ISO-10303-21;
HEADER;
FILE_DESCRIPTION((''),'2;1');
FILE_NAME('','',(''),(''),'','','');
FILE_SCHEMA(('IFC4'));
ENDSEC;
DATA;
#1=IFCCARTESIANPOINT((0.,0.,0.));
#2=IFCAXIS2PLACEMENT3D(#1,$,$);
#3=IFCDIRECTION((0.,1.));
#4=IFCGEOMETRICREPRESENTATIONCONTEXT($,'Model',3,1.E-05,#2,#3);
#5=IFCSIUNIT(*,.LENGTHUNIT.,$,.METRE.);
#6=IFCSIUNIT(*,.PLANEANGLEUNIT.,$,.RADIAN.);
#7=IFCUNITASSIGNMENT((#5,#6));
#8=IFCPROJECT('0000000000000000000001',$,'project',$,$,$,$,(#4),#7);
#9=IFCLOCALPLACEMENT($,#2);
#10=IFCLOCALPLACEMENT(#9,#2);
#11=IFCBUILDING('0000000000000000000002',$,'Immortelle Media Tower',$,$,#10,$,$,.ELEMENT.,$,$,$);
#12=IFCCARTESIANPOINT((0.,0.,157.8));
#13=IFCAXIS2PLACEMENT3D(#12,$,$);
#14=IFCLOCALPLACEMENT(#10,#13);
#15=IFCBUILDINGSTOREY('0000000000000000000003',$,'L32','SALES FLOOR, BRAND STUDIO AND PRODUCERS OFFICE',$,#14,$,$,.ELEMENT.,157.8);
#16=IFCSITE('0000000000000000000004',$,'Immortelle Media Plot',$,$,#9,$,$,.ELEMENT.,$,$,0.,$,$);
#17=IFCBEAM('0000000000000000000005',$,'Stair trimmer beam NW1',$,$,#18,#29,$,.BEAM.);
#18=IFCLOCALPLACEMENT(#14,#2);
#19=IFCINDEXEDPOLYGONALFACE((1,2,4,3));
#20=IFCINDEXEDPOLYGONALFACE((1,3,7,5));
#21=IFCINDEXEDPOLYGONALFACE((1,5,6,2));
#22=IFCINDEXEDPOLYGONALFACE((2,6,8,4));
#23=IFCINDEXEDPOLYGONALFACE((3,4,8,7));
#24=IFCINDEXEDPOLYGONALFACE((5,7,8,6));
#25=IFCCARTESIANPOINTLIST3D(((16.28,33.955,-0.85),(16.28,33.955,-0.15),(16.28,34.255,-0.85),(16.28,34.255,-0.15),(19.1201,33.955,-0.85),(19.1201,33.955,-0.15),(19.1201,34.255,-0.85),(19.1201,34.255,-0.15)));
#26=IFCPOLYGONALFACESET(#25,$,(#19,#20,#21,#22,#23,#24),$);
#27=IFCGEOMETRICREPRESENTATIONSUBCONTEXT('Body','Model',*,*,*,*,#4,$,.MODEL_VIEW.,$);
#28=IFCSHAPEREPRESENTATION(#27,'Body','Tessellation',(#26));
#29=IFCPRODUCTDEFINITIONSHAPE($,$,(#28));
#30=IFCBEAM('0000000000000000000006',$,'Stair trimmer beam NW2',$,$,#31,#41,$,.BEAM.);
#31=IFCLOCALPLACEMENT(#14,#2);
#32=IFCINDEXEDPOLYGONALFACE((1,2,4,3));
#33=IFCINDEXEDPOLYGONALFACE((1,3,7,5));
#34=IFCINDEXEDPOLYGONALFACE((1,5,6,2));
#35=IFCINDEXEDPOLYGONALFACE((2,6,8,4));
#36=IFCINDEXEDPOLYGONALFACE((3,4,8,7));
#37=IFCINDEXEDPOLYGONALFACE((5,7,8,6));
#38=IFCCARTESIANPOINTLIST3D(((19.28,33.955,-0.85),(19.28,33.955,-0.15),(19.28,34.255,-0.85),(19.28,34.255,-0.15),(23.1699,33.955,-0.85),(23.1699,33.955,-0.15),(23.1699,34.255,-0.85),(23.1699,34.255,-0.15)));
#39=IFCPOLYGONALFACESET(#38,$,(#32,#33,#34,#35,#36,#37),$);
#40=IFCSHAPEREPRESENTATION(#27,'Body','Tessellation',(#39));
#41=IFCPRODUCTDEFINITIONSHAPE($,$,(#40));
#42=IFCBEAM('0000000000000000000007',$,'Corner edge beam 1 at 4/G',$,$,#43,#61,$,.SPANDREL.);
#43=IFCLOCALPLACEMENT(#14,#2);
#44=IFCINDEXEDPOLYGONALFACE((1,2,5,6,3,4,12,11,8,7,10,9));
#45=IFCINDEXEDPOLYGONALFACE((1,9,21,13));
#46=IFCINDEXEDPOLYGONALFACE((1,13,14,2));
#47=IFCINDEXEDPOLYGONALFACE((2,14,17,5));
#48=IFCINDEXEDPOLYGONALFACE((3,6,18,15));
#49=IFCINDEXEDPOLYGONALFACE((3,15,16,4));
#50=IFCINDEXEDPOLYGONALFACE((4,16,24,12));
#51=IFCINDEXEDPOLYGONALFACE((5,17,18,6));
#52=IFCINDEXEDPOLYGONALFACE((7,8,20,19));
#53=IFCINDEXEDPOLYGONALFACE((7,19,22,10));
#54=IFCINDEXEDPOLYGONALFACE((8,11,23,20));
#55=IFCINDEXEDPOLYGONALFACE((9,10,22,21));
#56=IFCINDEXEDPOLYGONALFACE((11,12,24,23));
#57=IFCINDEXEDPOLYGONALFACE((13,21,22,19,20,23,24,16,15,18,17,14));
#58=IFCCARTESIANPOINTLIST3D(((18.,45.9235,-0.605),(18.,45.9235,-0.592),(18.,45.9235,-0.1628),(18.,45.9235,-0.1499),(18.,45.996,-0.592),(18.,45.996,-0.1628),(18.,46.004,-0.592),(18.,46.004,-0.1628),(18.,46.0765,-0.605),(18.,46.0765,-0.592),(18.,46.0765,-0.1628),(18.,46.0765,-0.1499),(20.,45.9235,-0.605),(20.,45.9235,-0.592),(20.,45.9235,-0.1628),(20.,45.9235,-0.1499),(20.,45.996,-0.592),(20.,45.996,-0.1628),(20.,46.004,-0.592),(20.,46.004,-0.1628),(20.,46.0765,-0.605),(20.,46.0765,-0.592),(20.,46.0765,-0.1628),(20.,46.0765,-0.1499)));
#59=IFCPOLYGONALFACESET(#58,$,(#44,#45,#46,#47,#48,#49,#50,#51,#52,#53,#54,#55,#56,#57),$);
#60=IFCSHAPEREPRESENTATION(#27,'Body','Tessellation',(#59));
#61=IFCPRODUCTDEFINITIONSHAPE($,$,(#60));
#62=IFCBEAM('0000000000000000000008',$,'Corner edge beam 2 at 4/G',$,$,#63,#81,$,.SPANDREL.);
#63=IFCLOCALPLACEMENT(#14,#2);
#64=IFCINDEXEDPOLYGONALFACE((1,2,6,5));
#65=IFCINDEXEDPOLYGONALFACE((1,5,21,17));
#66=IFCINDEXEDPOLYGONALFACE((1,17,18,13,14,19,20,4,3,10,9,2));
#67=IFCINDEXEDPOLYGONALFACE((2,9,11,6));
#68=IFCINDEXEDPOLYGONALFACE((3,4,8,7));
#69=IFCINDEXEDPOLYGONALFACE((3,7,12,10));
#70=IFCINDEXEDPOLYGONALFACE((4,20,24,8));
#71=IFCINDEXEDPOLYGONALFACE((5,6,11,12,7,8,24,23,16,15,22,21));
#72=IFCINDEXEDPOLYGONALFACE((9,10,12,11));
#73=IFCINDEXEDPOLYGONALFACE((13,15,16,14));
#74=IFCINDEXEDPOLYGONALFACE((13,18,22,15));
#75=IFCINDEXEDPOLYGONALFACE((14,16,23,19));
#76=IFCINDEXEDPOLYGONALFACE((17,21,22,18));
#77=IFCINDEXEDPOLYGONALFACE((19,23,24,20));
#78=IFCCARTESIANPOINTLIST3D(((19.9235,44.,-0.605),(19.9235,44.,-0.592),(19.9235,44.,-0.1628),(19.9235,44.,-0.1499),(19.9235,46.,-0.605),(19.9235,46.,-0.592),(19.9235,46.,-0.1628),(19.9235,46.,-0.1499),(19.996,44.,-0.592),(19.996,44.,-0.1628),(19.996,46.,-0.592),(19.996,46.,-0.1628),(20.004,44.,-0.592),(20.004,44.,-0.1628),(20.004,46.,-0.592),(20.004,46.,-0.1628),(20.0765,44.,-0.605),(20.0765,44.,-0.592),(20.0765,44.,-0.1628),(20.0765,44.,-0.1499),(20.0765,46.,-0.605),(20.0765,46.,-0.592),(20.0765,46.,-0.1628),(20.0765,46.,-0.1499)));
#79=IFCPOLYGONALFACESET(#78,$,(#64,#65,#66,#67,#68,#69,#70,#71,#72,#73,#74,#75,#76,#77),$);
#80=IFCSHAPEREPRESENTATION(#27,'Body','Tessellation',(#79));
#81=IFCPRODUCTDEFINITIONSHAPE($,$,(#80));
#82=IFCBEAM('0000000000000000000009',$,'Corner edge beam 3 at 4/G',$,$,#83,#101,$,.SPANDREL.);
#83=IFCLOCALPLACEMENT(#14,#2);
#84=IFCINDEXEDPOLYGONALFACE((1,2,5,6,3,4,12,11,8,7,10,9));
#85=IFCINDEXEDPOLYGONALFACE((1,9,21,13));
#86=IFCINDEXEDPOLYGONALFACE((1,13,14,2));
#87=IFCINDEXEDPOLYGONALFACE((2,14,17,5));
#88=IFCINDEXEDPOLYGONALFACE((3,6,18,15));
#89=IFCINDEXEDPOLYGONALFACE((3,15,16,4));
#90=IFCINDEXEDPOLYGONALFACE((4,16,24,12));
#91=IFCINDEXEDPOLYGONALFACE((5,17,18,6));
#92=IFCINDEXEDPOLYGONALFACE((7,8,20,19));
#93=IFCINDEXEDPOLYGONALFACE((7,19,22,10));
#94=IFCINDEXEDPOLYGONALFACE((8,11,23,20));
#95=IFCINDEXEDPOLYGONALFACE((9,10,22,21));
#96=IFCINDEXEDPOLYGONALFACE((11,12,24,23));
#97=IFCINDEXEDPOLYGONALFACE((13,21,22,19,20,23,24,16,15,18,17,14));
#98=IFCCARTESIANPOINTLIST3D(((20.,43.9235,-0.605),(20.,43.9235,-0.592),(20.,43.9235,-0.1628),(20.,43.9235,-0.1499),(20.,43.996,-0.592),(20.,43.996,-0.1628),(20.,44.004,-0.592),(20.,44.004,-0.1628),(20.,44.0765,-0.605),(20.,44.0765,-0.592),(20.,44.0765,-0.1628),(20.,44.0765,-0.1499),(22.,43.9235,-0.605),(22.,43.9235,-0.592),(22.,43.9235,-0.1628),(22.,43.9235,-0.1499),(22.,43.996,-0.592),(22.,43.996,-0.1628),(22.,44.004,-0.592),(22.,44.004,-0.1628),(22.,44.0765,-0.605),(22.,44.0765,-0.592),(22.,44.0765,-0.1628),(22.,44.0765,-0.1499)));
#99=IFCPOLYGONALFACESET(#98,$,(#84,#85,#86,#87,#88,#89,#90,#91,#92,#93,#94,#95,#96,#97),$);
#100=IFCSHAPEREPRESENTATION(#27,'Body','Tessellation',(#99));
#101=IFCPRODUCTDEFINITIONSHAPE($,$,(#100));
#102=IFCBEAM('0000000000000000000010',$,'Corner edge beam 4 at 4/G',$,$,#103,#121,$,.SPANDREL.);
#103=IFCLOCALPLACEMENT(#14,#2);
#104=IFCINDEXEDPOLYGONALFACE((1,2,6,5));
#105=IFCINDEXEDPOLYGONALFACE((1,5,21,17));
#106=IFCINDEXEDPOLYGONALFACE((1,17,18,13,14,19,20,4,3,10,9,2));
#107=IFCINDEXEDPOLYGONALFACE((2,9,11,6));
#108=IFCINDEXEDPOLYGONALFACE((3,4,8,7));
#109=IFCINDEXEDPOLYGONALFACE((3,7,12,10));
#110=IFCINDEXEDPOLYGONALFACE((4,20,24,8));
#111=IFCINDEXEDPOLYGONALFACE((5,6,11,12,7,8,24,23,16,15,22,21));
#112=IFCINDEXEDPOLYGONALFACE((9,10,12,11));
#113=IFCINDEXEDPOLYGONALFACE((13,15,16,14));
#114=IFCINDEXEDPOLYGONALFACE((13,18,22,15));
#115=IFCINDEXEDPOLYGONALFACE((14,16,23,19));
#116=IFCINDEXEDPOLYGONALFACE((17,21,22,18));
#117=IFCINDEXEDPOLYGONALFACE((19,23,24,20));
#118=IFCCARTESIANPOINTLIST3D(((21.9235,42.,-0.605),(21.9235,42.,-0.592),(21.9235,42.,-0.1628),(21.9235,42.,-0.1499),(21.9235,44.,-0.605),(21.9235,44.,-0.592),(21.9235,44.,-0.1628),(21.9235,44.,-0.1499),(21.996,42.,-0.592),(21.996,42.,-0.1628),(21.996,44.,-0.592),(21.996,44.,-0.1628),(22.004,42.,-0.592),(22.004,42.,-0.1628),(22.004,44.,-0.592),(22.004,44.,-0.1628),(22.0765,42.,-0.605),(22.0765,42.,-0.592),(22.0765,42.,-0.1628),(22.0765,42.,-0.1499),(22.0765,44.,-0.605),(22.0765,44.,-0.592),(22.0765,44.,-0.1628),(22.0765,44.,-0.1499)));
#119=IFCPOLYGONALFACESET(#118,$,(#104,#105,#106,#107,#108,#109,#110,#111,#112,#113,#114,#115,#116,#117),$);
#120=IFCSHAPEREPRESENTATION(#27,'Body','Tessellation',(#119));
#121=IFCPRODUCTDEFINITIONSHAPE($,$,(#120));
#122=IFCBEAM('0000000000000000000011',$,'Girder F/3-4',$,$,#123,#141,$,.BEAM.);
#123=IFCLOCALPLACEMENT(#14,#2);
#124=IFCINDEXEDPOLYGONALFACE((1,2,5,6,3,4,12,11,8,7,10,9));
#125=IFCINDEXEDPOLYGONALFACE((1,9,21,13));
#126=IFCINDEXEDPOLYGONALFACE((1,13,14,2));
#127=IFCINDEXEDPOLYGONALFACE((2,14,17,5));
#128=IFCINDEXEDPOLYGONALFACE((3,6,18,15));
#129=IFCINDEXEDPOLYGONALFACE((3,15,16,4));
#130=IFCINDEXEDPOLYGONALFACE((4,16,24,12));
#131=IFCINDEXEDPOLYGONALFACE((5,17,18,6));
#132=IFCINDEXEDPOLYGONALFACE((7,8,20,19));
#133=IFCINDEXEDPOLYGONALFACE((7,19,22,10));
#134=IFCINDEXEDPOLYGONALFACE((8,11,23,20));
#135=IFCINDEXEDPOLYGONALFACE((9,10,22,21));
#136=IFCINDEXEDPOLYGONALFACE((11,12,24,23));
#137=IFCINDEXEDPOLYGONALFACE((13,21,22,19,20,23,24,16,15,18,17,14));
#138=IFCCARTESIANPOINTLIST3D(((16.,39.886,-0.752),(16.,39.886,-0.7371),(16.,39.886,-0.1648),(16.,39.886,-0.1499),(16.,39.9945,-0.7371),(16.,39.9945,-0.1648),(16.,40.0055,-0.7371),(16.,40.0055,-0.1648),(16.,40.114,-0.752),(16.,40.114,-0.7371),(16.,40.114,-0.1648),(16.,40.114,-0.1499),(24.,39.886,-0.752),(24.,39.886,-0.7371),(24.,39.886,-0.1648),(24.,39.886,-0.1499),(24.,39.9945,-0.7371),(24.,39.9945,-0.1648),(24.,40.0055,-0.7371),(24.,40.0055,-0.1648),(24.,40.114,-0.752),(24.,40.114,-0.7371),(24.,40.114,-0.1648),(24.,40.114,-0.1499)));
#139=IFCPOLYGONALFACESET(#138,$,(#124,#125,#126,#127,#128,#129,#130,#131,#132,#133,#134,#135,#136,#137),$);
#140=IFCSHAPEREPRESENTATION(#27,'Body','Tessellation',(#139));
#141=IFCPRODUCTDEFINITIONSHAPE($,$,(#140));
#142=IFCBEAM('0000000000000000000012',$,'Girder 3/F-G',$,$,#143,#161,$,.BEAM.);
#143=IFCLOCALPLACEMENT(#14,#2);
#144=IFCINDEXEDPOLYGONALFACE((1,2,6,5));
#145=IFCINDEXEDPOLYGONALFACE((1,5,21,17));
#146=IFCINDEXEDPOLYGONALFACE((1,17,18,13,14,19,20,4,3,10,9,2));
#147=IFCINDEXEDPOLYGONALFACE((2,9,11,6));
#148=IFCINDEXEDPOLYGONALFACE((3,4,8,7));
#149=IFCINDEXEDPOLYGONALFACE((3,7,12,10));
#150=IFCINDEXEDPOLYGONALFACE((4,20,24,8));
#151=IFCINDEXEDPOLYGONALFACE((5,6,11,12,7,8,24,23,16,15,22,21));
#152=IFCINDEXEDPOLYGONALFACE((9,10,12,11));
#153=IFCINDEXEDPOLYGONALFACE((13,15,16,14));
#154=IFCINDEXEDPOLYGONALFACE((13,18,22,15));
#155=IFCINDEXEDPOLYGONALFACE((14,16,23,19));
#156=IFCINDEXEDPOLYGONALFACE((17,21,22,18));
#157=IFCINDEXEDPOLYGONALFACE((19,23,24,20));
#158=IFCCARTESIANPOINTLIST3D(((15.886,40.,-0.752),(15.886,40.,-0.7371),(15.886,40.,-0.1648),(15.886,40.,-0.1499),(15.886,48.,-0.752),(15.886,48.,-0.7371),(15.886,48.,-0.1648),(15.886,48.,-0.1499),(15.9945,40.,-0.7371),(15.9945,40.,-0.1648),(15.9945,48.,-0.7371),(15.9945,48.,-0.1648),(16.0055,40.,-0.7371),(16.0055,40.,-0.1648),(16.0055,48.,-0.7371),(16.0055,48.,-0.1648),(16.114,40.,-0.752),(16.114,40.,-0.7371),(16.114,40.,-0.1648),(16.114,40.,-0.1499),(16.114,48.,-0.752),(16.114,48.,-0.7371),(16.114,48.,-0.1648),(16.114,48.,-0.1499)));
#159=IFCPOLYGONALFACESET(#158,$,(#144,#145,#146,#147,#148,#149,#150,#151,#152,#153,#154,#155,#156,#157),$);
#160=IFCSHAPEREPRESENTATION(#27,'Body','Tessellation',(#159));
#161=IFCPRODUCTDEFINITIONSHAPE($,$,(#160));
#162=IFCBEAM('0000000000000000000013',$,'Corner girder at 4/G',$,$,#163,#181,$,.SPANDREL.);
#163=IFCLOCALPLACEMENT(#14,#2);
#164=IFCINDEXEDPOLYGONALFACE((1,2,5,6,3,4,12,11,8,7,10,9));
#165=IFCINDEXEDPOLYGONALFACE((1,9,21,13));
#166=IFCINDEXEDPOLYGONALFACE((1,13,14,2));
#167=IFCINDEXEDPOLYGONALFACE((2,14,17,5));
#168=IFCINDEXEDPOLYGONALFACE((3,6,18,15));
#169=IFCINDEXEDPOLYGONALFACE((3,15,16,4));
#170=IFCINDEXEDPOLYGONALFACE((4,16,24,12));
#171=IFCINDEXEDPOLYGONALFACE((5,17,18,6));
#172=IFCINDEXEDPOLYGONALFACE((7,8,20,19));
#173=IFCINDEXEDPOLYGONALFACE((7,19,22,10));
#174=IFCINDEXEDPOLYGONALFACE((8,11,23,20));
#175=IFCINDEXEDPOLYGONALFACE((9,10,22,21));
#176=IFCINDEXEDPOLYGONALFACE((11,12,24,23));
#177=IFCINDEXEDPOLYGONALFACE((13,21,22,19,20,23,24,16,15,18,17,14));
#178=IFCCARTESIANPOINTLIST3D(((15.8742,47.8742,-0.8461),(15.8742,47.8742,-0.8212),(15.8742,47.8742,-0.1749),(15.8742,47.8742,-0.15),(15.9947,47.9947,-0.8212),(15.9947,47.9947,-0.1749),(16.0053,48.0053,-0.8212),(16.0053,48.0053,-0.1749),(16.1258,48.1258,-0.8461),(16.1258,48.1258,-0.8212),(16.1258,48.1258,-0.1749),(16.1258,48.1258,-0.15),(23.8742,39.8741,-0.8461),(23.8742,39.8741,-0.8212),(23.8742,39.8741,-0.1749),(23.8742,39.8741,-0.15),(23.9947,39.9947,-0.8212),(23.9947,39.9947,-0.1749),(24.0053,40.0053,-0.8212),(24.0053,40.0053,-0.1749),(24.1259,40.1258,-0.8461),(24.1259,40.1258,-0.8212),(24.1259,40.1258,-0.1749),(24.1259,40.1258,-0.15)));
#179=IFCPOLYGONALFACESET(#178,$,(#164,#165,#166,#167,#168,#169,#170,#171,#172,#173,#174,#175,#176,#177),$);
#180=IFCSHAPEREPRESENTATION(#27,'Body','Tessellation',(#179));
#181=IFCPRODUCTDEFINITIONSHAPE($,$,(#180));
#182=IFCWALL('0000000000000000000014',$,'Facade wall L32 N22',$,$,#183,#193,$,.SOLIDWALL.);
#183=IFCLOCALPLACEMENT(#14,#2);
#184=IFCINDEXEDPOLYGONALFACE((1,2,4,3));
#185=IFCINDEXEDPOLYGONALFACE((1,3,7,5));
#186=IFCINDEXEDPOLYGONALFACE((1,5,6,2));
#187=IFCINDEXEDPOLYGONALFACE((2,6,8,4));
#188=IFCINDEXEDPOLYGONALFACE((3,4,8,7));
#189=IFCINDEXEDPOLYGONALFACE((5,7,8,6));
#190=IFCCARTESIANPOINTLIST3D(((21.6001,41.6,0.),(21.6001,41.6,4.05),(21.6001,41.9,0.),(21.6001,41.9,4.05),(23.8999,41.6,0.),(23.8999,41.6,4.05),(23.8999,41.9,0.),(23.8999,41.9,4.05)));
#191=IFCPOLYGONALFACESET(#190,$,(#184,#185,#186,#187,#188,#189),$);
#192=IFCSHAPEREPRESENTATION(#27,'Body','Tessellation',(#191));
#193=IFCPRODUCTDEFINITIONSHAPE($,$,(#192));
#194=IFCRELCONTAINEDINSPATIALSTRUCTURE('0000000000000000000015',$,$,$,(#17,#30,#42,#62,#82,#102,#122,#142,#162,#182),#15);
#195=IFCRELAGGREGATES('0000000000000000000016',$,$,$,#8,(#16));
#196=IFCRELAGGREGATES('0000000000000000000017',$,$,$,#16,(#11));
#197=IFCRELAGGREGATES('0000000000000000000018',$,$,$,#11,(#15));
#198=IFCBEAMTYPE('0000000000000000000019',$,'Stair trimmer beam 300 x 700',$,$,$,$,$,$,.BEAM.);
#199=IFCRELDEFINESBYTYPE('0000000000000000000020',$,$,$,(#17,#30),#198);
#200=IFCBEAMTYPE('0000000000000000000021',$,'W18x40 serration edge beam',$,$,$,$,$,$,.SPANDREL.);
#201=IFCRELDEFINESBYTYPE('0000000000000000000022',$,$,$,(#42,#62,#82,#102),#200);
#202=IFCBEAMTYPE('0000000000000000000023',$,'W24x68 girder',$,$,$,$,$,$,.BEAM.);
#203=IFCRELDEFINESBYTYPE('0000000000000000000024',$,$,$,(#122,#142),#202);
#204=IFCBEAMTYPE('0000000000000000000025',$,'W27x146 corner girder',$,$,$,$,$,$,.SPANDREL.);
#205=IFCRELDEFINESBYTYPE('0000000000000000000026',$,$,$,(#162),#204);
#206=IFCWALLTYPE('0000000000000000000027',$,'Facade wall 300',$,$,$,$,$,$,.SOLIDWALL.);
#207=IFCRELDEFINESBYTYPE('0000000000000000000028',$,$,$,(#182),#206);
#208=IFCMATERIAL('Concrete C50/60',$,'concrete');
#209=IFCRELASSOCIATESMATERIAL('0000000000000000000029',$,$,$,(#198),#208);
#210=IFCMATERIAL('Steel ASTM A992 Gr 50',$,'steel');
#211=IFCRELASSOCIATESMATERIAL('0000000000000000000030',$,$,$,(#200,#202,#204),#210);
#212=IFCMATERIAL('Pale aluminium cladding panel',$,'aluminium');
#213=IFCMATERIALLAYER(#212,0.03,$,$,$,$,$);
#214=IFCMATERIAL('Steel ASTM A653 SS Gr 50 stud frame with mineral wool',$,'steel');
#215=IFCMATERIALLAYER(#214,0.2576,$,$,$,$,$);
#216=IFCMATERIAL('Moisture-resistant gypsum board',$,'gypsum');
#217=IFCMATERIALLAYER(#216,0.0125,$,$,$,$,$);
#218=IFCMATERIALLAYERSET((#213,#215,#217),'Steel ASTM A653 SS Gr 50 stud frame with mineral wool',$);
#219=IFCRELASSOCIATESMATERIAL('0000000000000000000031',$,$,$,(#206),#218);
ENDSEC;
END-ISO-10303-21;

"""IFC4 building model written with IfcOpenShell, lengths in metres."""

from ifc_helpers import new_model, si_unit, direction, frame, frame_2d, origin, origin_2d, place, context, subcontext, project, spatial, rectangle, i_section, extrude, material, layer, layer_set, material_profile, profile_set, type_object, element, save


model = new_model("IFC4")

# Units and contexts
model_context = context("Model", 3, precision=1e-05, world=origin(), true_north=direction((0.0, 1.0)))
body_context = subcontext(model_context, "Body", "Model", "MODEL_VIEW")
ifc_project = project(units=[si_unit("LENGTHUNIT", "METRE"), si_unit("PLANEANGLEUNIT", "RADIAN")], contexts=[model_context])

# Site, building, storey
site_placement = place(None, origin())
site = spatial("IfcSite", under=ifc_project, at=site_placement, Name="Immortelle Media Plot", CompositionType="ELEMENT", RefElevation=0.0)
building_placement = place(site_placement, origin())
building = spatial("IfcBuilding", under=site, at=building_placement, Name="Immortelle Media Tower", CompositionType="ELEMENT")
storey_placement = place(building_placement, frame((0.0, 0.0, 157.8)))
storey = spatial("IfcBuildingStorey", under=building, at=storey_placement, Name="L32", Description="SALES FLOOR, BRAND STUDIO AND PRODUCERS OFFICE", CompositionType="ELEMENT", Elevation=157.8)

# Beams
ifc_material_1 = material(Name="Concrete C50/60", Category="concrete")
ifc_material_profile_1 = material_profile(ifc_material_1, rectangle(XDim=0.3, YDim=0.7, at=origin_2d()), Name="RC 300x700")
ifc_profile_set_1 = profile_set([ifc_material_profile_1], Name="Concrete C50/60")
beam_type_1 = type_object("IfcBeamType", Name="Stair trimmer beam 300 x 700", PredefinedType="BEAM", material=ifc_profile_set_1)
beam_1_placement = place(storey_placement, frame((16.28, 34.105, -0.5), z_axis=(1.0, 0.0, 0.0), x_axis=(0.0, 1.0, 0.0)))
element("IfcBeam", 1, at=beam_1_placement, inside=storey, type_object=beam_type_1, Name="Stair trimmer beam NW1", PredefinedType="BEAM", context=body_context, shape_type="SweptSolid", body=[
    extrude(rectangle(XDim=0.3, YDim=0.7, at=origin_2d()), origin(), (0.0, 0.0, 1.0), 2.8401),
])
beam_2_placement = place(storey_placement, frame((19.28, 34.105, -0.5), z_axis=(1.0, 0.0, 0.0), x_axis=(0.0, 1.0, 0.0)))
element("IfcBeam", 2, at=beam_2_placement, inside=storey, type_object=beam_type_1, Name="Stair trimmer beam NW2", PredefinedType="BEAM", context=body_context, shape_type="SweptSolid", body=[
    extrude(rectangle(XDim=0.3, YDim=0.7, at=origin_2d()), origin(), (0.0, 0.0, 1.0), 3.8899),
])
ifc_material_2 = material(Name="Steel ASTM A992 Gr 50", Category="steel")
ifc_material_profile_2 = material_profile(ifc_material_2, i_section(OverallWidth=0.1531, OverallDepth=0.4551, WebThickness=0.0081, FlangeThickness=0.0129, at=origin_2d()), Name="W18x40")
ifc_profile_set_2 = profile_set([ifc_material_profile_2], Name="Steel ASTM A992 Gr 50")
beam_type_2 = type_object("IfcBeamType", Name="W18x40 serration edge beam", PredefinedType="SPANDREL", material=ifc_profile_set_2)
for number, where, z_axis, x_axis, name in (
    (3, (18.0, 46.0, -0.3774), (1.0, 0.0, 0.0), (0.0, 1.0, 0.0), "Corner edge beam 1 at 4/G"),
    (4, (20.0, 46.0, -0.3774), (0.0, -1.0, 0.0), (1.0, 0.0, 0.0), "Corner edge beam 2 at 4/G"),
    (5, (20.0, 44.0, -0.3774), (1.0, 0.0, 0.0), (0.0, 1.0, 0.0), "Corner edge beam 3 at 4/G"),
    (6, (22.0, 44.0, -0.3774), (0.0, -1.0, 0.0), (1.0, 0.0, 0.0), "Corner edge beam 4 at 4/G"),
):
    element("IfcBeam", number, at=place(storey_placement, frame(where, z_axis=z_axis, x_axis=x_axis)), inside=storey, type_object=beam_type_2, Name=name, PredefinedType="SPANDREL", context=body_context, shape_type="SweptSolid", body=[
        extrude(i_section(OverallWidth=0.1531, OverallDepth=0.4551, WebThickness=0.0081, FlangeThickness=0.0129, at=origin_2d()), origin(), (0.0, 0.0, 1.0), 2.0),
    ])
ifc_material_profile_3 = material_profile(ifc_material_2, i_section(OverallWidth=0.228, OverallDepth=0.6021, WebThickness=0.011, FlangeThickness=0.0149, at=origin_2d()), Name="W24x68")
ifc_profile_set_3 = profile_set([ifc_material_profile_3], Name="Steel ASTM A992 Gr 50")
beam_type_3 = type_object("IfcBeamType", Name="W24x68 girder", PredefinedType="BEAM", material=ifc_profile_set_3)
for number, where, z_axis, x_axis, name in (
    (7, (16.0, 40.0, -0.4509), (1.0, 0.0, 0.0), (0.0, 1.0, 0.0), "Girder F/3-4"),
    (8, (16.0, 40.0, -0.4509), (0.0, 1.0, 0.0), (-1.0, 0.0, 0.0), "Girder 3/F-G"),
):
    element("IfcBeam", number, at=place(storey_placement, frame(where, z_axis=z_axis, x_axis=x_axis)), inside=storey, type_object=beam_type_3, Name=name, PredefinedType="BEAM", context=body_context, shape_type="SweptSolid", body=[
        extrude(i_section(OverallWidth=0.228, OverallDepth=0.6021, WebThickness=0.011, FlangeThickness=0.0149, at=origin_2d()), origin(), (0.0, 0.0, 1.0), 8.0),
    ])
ifc_material_profile_4 = material_profile(ifc_material_2, i_section(OverallWidth=0.356, OverallDepth=0.696, WebThickness=0.0149, FlangeThickness=0.0249, at=origin_2d()), Name="W27x146")
ifc_profile_set_4 = profile_set([ifc_material_profile_4], Name="Steel ASTM A992 Gr 50")
beam_type_4 = type_object("IfcBeamType", Name="W27x146 corner girder", PredefinedType="SPANDREL", material=ifc_profile_set_4)
beam_3_placement = place(storey_placement, frame((16.0, 48.0, -0.498), z_axis=(0.707107, -0.707107, 0.0), x_axis=(0.707107, 0.707107, 0.0)))
element("IfcBeam", 9, at=beam_3_placement, inside=storey, type_object=beam_type_4, Name="Corner girder at 4/G", PredefinedType="SPANDREL", context=body_context, shape_type="SweptSolid", body=[
    extrude(i_section(OverallWidth=0.356, OverallDepth=0.696, WebThickness=0.0149, FlangeThickness=0.0249, at=origin_2d()), origin(), (0.0, 0.0, 1.0), 11.3137),
])

# Wall
ifc_material_3 = material(Name="Pale aluminium cladding panel", Category="aluminium")
ifc_layer_1 = layer(ifc_material_3, 0.03)
ifc_material_4 = material(Name="Steel ASTM A653 SS Gr 50 stud frame with mineral wool", Category="steel")
ifc_layer_2 = layer(ifc_material_4, 0.2576)
ifc_material_5 = material(Name="Moisture-resistant gypsum board", Category="gypsum")
ifc_layer_3 = layer(ifc_material_5, 0.0125)
ifc_layer_set_1 = layer_set([ifc_layer_1, ifc_layer_2, ifc_layer_3], Name="Steel ASTM A653 SS Gr 50 stud frame with mineral wool")
wall_type_1 = type_object("IfcWallType", Name="Facade wall 300", PredefinedType="SOLIDWALL", material=ifc_layer_set_1)
wall_1_placement = place(storey_placement, frame((23.8999, 41.75, 0.0), z_axis=(0.0, 0.0, 1.0), x_axis=(-1.0, 0.0, 0.0)))
element("IfcWall", 10, at=wall_1_placement, inside=storey, type_object=wall_type_1, Name="Facade wall L32 N22", PredefinedType="SOLIDWALL", context=body_context, shape_type="SweptSolid", body=[
    extrude(rectangle(XDim=2.2998, YDim=0.3, at=frame_2d((1.1499, 0.0))), origin(), (0.0, 0.0, 1.0), 4.05),
])

save(model, "model.ifc")
